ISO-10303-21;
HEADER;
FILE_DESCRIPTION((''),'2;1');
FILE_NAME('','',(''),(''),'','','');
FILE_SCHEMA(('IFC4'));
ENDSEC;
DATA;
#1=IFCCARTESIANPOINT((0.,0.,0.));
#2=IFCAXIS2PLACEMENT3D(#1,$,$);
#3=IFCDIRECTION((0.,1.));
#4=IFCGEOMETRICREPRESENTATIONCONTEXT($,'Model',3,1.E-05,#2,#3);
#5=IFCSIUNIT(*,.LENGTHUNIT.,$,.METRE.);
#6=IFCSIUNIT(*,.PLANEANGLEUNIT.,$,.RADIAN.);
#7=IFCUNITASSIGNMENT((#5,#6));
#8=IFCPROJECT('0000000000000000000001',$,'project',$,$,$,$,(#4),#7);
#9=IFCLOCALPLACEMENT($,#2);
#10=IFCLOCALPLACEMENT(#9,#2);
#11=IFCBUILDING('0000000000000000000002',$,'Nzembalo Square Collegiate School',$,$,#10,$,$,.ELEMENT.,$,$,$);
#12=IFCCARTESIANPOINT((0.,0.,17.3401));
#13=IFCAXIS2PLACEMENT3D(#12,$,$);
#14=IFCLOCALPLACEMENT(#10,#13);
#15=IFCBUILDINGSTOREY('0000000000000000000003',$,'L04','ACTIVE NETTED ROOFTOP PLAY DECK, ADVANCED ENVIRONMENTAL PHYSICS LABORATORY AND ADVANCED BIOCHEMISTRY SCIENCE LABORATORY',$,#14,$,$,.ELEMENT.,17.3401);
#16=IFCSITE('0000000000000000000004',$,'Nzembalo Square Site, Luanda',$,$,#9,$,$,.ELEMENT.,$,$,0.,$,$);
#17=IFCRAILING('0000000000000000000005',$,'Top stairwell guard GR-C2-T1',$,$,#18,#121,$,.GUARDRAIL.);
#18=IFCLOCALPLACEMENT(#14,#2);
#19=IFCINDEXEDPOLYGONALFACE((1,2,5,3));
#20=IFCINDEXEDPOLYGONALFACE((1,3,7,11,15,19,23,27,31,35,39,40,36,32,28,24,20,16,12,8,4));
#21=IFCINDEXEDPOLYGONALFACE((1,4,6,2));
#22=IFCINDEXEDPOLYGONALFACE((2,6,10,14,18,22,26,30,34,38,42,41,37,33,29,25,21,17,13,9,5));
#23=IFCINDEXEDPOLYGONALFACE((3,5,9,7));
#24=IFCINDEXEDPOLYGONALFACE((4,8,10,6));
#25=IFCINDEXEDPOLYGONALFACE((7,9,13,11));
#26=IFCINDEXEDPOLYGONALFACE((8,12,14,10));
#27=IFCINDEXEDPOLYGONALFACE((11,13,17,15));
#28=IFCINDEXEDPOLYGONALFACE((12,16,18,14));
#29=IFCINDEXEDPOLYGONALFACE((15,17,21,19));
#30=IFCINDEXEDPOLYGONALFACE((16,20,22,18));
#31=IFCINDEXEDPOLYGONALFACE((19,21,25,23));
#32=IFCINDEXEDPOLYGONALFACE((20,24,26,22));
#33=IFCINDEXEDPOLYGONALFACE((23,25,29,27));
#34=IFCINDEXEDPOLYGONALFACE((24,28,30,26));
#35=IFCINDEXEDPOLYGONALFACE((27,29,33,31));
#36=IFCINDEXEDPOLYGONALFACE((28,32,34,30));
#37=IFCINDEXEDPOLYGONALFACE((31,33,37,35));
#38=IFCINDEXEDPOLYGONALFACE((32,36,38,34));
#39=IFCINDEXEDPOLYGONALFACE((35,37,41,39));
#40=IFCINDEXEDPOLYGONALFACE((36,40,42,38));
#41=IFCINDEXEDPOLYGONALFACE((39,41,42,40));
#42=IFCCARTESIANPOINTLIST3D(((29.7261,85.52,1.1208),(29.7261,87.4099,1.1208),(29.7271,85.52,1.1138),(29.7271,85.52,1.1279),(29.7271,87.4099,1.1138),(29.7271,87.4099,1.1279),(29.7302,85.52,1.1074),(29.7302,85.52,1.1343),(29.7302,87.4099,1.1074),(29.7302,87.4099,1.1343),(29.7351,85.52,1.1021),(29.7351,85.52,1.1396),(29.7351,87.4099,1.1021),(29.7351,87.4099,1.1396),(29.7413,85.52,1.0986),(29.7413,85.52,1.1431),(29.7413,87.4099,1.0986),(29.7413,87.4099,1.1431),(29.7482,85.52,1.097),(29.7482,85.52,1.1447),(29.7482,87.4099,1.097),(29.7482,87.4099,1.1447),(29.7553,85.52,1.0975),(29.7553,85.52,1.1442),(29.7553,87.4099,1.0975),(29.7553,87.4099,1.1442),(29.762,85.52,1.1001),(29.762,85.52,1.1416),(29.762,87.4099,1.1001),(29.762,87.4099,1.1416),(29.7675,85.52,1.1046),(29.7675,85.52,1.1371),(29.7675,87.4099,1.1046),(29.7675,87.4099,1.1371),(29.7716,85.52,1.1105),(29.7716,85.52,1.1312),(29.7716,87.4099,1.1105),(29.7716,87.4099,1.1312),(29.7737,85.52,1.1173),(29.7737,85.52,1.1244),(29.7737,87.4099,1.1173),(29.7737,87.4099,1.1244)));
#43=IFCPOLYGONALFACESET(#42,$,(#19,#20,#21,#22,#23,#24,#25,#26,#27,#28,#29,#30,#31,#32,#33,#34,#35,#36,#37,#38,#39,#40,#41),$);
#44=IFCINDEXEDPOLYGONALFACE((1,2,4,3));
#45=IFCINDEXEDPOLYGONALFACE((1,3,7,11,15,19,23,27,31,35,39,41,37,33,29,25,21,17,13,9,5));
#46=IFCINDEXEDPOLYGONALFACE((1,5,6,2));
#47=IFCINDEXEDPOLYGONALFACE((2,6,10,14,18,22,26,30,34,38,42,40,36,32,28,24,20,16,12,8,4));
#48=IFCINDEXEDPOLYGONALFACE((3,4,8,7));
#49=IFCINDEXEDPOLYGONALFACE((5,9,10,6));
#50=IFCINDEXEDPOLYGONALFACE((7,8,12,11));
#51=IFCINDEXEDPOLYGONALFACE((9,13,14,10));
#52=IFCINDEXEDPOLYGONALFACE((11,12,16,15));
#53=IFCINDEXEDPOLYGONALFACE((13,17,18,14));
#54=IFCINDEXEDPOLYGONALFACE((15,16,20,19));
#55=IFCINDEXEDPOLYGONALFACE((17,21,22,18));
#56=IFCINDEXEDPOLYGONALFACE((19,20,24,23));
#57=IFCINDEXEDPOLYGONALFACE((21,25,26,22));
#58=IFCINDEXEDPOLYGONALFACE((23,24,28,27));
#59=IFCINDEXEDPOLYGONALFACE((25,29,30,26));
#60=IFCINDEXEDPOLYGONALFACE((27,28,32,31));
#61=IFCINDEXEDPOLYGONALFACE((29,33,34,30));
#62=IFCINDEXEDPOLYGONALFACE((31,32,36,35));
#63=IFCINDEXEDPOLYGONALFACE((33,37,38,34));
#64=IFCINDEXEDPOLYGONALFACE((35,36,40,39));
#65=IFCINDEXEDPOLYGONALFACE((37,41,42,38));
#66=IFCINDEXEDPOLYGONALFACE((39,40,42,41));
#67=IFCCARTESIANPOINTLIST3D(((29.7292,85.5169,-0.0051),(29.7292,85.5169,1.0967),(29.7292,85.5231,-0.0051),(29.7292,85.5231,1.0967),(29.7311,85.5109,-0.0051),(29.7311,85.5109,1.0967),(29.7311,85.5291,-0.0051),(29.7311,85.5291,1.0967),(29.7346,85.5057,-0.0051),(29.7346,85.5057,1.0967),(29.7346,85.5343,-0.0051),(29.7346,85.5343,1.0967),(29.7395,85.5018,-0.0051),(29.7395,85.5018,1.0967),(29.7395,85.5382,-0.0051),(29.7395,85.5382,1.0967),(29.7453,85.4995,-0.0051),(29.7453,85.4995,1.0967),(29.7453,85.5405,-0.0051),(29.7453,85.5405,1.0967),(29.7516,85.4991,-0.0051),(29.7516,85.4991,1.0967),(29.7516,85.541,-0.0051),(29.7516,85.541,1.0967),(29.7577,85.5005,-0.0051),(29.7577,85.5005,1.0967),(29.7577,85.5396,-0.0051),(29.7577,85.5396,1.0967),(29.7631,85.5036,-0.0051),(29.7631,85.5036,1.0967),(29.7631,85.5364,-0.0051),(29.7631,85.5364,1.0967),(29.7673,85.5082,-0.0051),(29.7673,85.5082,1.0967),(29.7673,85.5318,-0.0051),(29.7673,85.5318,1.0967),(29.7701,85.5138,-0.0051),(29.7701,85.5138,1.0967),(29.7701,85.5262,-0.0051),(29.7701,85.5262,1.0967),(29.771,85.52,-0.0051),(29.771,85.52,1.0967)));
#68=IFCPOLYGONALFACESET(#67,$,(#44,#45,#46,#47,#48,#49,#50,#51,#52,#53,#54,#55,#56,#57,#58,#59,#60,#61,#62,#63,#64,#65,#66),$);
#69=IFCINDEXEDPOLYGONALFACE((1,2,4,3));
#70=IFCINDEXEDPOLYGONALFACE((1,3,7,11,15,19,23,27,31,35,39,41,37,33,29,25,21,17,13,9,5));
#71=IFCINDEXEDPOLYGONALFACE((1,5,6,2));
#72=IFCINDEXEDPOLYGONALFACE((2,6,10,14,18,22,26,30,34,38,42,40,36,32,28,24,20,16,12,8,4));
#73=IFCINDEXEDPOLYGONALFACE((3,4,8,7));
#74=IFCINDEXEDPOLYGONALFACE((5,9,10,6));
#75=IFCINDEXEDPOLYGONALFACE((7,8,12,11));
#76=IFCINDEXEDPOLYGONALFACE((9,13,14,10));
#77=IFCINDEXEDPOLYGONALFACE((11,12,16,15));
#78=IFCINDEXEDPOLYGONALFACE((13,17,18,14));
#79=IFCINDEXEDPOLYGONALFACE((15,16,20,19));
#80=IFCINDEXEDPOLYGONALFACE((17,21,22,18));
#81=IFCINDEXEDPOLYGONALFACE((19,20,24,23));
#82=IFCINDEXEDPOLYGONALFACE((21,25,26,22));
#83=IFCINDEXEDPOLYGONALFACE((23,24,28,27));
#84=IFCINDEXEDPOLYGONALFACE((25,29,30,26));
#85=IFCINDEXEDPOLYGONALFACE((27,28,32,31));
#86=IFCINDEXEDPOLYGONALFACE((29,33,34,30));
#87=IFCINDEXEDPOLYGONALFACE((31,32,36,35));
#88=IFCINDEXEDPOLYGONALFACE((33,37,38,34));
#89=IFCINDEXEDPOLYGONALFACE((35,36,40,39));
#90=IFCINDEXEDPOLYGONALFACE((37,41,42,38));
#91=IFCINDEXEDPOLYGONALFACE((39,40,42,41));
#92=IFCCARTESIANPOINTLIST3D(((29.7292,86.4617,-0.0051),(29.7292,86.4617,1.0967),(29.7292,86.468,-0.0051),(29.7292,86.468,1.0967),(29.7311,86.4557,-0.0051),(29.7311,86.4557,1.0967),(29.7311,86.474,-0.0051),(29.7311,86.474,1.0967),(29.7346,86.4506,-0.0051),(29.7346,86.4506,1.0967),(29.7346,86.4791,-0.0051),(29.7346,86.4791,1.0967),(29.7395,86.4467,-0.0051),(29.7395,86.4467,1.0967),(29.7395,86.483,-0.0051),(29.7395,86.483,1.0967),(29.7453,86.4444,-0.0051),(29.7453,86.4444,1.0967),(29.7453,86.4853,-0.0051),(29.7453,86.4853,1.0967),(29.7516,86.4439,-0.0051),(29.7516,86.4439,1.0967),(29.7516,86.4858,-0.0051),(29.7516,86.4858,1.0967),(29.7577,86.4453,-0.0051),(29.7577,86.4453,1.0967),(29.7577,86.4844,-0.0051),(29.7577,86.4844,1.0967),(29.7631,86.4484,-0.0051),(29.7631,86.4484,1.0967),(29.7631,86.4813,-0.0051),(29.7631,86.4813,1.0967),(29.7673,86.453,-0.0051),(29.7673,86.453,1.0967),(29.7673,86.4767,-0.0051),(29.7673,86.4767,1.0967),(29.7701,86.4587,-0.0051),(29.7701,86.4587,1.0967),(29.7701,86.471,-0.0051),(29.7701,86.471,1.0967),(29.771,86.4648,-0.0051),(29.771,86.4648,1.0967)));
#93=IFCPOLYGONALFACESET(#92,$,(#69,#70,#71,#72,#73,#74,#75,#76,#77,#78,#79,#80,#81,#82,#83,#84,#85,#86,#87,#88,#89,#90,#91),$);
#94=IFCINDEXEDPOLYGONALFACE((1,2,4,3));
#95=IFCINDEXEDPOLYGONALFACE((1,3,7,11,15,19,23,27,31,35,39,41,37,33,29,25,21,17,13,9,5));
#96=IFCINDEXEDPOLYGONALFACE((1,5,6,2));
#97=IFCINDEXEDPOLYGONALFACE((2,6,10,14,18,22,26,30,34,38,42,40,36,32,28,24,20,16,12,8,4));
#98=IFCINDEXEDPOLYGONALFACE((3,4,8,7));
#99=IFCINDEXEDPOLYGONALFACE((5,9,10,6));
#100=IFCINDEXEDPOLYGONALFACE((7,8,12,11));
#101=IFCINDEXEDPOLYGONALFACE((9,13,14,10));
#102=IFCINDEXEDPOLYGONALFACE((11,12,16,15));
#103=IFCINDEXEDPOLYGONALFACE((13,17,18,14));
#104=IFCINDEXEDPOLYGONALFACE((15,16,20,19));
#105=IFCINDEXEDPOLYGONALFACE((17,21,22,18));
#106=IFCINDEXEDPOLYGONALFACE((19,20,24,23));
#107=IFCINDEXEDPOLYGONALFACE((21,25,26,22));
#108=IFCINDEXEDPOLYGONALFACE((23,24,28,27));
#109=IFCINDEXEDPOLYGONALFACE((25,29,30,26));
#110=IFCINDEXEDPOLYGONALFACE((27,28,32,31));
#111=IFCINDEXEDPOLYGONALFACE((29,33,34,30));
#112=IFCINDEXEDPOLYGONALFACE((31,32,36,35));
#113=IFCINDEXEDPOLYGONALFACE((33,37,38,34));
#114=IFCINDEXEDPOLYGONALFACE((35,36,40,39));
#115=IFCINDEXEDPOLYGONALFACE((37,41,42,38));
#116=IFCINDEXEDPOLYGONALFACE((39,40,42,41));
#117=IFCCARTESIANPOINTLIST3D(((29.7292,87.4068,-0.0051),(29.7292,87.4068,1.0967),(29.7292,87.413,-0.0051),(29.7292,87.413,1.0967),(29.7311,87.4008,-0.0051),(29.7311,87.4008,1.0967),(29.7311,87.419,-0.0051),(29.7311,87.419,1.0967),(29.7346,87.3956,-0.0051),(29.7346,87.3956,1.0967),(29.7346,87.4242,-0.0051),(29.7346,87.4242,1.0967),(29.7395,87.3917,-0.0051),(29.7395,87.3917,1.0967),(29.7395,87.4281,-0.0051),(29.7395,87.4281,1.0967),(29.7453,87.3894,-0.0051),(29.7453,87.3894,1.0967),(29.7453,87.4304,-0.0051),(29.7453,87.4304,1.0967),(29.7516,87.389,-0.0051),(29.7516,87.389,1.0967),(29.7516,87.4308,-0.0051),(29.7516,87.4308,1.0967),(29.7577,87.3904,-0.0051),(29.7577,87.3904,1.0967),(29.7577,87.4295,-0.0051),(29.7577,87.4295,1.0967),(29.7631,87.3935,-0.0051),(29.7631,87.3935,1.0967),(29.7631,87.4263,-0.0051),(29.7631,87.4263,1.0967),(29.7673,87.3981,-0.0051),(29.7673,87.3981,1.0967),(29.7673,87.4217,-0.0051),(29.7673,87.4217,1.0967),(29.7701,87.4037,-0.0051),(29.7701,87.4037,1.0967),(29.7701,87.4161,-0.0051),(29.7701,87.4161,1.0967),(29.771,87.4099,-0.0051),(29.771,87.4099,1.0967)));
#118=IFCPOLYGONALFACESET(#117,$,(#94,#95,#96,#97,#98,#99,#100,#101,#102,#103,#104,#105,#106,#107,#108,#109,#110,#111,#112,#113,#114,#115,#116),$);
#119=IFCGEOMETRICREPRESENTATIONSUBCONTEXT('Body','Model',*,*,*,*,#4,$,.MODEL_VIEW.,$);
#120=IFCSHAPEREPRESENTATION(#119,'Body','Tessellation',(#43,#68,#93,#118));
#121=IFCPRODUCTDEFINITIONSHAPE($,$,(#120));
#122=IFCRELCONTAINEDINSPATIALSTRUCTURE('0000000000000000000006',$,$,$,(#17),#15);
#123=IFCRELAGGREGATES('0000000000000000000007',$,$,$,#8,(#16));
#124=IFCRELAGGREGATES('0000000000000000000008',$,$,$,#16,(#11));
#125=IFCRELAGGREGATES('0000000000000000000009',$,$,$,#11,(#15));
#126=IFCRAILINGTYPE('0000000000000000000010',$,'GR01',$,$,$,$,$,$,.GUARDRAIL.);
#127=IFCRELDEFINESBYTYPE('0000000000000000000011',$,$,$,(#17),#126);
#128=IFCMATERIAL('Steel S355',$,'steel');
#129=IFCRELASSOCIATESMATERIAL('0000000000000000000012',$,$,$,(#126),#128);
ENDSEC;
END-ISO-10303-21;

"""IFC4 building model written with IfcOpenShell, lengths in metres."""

from ifc_helpers import new_model, si_unit, direction, frame, origin, origin_2d, place, context, subcontext, project, spatial, circle, extrude, material, type_object, element, save


model = new_model("IFC4")

# Units and contexts
model_context = context("Model", 3, precision=1e-05, world=origin(), true_north=direction((0.0, 1.0)))
body_context = subcontext(model_context, "Body", "Model", "MODEL_VIEW")
ifc_project = project(units=[si_unit("LENGTHUNIT", "METRE"), si_unit("PLANEANGLEUNIT", "RADIAN")], contexts=[model_context])

# Site, building, storey
site_placement = place(None, origin())
site = spatial("IfcSite", under=ifc_project, at=site_placement, Name="Nzembalo Square Site, Luanda", CompositionType="ELEMENT", RefElevation=0.0)
building_placement = place(site_placement, origin())
building = spatial("IfcBuilding", under=site, at=building_placement, Name="Nzembalo Square Collegiate School", CompositionType="ELEMENT")
storey_placement = place(building_placement, frame((0.0, 0.0, 17.3401)))
storey = spatial("IfcBuildingStorey", under=building, at=storey_placement, Name="L04", Description="ACTIVE NETTED ROOFTOP PLAY DECK, ADVANCED ENVIRONMENTAL PHYSICS LABORATORY AND ADVANCED BIOCHEMISTRY SCIENCE LABORATORY", CompositionType="ELEMENT", Elevation=17.3401)

# Railing
ifc_material_1 = material(Name="Steel S355", Category="steel")
railing_type = type_object("IfcRailingType", Name="GR01", PredefinedType="GUARDRAIL", material=ifc_material_1)
railing_placement = place(storey_placement, frame((29.75, 85.52, -0.0051)))
element("IfcRailing", 1, at=railing_placement, inside=storey, type_object=railing_type, Name="Top stairwell guard GR-C2-T1", PredefinedType="GUARDRAIL", context=body_context, shape_type="SweptSolid", body=[
    extrude(circle(Radius=0.0239, at=origin_2d()), frame((0.0, 0.0, 1.126), z_axis=(0.0, 1.0, 0.0), x_axis=(-1.0, 0.0, 0.0)), (0.0, 0.0, 1.0), 1.8899),
    extrude(circle(Radius=0.021, at=origin_2d()), origin(), (0.0, 0.0, 1.0), 1.1018),
    extrude(circle(Radius=0.021, at=origin_2d()), frame((0.0, 0.9448, 0.0)), (0.0, 0.0, 1.0), 1.1018),
    extrude(circle(Radius=0.021, at=origin_2d()), frame((0.0, 1.8899, 0.0)), (0.0, 0.0, 1.0), 1.1018),
])

save(model, "model.ifc")
